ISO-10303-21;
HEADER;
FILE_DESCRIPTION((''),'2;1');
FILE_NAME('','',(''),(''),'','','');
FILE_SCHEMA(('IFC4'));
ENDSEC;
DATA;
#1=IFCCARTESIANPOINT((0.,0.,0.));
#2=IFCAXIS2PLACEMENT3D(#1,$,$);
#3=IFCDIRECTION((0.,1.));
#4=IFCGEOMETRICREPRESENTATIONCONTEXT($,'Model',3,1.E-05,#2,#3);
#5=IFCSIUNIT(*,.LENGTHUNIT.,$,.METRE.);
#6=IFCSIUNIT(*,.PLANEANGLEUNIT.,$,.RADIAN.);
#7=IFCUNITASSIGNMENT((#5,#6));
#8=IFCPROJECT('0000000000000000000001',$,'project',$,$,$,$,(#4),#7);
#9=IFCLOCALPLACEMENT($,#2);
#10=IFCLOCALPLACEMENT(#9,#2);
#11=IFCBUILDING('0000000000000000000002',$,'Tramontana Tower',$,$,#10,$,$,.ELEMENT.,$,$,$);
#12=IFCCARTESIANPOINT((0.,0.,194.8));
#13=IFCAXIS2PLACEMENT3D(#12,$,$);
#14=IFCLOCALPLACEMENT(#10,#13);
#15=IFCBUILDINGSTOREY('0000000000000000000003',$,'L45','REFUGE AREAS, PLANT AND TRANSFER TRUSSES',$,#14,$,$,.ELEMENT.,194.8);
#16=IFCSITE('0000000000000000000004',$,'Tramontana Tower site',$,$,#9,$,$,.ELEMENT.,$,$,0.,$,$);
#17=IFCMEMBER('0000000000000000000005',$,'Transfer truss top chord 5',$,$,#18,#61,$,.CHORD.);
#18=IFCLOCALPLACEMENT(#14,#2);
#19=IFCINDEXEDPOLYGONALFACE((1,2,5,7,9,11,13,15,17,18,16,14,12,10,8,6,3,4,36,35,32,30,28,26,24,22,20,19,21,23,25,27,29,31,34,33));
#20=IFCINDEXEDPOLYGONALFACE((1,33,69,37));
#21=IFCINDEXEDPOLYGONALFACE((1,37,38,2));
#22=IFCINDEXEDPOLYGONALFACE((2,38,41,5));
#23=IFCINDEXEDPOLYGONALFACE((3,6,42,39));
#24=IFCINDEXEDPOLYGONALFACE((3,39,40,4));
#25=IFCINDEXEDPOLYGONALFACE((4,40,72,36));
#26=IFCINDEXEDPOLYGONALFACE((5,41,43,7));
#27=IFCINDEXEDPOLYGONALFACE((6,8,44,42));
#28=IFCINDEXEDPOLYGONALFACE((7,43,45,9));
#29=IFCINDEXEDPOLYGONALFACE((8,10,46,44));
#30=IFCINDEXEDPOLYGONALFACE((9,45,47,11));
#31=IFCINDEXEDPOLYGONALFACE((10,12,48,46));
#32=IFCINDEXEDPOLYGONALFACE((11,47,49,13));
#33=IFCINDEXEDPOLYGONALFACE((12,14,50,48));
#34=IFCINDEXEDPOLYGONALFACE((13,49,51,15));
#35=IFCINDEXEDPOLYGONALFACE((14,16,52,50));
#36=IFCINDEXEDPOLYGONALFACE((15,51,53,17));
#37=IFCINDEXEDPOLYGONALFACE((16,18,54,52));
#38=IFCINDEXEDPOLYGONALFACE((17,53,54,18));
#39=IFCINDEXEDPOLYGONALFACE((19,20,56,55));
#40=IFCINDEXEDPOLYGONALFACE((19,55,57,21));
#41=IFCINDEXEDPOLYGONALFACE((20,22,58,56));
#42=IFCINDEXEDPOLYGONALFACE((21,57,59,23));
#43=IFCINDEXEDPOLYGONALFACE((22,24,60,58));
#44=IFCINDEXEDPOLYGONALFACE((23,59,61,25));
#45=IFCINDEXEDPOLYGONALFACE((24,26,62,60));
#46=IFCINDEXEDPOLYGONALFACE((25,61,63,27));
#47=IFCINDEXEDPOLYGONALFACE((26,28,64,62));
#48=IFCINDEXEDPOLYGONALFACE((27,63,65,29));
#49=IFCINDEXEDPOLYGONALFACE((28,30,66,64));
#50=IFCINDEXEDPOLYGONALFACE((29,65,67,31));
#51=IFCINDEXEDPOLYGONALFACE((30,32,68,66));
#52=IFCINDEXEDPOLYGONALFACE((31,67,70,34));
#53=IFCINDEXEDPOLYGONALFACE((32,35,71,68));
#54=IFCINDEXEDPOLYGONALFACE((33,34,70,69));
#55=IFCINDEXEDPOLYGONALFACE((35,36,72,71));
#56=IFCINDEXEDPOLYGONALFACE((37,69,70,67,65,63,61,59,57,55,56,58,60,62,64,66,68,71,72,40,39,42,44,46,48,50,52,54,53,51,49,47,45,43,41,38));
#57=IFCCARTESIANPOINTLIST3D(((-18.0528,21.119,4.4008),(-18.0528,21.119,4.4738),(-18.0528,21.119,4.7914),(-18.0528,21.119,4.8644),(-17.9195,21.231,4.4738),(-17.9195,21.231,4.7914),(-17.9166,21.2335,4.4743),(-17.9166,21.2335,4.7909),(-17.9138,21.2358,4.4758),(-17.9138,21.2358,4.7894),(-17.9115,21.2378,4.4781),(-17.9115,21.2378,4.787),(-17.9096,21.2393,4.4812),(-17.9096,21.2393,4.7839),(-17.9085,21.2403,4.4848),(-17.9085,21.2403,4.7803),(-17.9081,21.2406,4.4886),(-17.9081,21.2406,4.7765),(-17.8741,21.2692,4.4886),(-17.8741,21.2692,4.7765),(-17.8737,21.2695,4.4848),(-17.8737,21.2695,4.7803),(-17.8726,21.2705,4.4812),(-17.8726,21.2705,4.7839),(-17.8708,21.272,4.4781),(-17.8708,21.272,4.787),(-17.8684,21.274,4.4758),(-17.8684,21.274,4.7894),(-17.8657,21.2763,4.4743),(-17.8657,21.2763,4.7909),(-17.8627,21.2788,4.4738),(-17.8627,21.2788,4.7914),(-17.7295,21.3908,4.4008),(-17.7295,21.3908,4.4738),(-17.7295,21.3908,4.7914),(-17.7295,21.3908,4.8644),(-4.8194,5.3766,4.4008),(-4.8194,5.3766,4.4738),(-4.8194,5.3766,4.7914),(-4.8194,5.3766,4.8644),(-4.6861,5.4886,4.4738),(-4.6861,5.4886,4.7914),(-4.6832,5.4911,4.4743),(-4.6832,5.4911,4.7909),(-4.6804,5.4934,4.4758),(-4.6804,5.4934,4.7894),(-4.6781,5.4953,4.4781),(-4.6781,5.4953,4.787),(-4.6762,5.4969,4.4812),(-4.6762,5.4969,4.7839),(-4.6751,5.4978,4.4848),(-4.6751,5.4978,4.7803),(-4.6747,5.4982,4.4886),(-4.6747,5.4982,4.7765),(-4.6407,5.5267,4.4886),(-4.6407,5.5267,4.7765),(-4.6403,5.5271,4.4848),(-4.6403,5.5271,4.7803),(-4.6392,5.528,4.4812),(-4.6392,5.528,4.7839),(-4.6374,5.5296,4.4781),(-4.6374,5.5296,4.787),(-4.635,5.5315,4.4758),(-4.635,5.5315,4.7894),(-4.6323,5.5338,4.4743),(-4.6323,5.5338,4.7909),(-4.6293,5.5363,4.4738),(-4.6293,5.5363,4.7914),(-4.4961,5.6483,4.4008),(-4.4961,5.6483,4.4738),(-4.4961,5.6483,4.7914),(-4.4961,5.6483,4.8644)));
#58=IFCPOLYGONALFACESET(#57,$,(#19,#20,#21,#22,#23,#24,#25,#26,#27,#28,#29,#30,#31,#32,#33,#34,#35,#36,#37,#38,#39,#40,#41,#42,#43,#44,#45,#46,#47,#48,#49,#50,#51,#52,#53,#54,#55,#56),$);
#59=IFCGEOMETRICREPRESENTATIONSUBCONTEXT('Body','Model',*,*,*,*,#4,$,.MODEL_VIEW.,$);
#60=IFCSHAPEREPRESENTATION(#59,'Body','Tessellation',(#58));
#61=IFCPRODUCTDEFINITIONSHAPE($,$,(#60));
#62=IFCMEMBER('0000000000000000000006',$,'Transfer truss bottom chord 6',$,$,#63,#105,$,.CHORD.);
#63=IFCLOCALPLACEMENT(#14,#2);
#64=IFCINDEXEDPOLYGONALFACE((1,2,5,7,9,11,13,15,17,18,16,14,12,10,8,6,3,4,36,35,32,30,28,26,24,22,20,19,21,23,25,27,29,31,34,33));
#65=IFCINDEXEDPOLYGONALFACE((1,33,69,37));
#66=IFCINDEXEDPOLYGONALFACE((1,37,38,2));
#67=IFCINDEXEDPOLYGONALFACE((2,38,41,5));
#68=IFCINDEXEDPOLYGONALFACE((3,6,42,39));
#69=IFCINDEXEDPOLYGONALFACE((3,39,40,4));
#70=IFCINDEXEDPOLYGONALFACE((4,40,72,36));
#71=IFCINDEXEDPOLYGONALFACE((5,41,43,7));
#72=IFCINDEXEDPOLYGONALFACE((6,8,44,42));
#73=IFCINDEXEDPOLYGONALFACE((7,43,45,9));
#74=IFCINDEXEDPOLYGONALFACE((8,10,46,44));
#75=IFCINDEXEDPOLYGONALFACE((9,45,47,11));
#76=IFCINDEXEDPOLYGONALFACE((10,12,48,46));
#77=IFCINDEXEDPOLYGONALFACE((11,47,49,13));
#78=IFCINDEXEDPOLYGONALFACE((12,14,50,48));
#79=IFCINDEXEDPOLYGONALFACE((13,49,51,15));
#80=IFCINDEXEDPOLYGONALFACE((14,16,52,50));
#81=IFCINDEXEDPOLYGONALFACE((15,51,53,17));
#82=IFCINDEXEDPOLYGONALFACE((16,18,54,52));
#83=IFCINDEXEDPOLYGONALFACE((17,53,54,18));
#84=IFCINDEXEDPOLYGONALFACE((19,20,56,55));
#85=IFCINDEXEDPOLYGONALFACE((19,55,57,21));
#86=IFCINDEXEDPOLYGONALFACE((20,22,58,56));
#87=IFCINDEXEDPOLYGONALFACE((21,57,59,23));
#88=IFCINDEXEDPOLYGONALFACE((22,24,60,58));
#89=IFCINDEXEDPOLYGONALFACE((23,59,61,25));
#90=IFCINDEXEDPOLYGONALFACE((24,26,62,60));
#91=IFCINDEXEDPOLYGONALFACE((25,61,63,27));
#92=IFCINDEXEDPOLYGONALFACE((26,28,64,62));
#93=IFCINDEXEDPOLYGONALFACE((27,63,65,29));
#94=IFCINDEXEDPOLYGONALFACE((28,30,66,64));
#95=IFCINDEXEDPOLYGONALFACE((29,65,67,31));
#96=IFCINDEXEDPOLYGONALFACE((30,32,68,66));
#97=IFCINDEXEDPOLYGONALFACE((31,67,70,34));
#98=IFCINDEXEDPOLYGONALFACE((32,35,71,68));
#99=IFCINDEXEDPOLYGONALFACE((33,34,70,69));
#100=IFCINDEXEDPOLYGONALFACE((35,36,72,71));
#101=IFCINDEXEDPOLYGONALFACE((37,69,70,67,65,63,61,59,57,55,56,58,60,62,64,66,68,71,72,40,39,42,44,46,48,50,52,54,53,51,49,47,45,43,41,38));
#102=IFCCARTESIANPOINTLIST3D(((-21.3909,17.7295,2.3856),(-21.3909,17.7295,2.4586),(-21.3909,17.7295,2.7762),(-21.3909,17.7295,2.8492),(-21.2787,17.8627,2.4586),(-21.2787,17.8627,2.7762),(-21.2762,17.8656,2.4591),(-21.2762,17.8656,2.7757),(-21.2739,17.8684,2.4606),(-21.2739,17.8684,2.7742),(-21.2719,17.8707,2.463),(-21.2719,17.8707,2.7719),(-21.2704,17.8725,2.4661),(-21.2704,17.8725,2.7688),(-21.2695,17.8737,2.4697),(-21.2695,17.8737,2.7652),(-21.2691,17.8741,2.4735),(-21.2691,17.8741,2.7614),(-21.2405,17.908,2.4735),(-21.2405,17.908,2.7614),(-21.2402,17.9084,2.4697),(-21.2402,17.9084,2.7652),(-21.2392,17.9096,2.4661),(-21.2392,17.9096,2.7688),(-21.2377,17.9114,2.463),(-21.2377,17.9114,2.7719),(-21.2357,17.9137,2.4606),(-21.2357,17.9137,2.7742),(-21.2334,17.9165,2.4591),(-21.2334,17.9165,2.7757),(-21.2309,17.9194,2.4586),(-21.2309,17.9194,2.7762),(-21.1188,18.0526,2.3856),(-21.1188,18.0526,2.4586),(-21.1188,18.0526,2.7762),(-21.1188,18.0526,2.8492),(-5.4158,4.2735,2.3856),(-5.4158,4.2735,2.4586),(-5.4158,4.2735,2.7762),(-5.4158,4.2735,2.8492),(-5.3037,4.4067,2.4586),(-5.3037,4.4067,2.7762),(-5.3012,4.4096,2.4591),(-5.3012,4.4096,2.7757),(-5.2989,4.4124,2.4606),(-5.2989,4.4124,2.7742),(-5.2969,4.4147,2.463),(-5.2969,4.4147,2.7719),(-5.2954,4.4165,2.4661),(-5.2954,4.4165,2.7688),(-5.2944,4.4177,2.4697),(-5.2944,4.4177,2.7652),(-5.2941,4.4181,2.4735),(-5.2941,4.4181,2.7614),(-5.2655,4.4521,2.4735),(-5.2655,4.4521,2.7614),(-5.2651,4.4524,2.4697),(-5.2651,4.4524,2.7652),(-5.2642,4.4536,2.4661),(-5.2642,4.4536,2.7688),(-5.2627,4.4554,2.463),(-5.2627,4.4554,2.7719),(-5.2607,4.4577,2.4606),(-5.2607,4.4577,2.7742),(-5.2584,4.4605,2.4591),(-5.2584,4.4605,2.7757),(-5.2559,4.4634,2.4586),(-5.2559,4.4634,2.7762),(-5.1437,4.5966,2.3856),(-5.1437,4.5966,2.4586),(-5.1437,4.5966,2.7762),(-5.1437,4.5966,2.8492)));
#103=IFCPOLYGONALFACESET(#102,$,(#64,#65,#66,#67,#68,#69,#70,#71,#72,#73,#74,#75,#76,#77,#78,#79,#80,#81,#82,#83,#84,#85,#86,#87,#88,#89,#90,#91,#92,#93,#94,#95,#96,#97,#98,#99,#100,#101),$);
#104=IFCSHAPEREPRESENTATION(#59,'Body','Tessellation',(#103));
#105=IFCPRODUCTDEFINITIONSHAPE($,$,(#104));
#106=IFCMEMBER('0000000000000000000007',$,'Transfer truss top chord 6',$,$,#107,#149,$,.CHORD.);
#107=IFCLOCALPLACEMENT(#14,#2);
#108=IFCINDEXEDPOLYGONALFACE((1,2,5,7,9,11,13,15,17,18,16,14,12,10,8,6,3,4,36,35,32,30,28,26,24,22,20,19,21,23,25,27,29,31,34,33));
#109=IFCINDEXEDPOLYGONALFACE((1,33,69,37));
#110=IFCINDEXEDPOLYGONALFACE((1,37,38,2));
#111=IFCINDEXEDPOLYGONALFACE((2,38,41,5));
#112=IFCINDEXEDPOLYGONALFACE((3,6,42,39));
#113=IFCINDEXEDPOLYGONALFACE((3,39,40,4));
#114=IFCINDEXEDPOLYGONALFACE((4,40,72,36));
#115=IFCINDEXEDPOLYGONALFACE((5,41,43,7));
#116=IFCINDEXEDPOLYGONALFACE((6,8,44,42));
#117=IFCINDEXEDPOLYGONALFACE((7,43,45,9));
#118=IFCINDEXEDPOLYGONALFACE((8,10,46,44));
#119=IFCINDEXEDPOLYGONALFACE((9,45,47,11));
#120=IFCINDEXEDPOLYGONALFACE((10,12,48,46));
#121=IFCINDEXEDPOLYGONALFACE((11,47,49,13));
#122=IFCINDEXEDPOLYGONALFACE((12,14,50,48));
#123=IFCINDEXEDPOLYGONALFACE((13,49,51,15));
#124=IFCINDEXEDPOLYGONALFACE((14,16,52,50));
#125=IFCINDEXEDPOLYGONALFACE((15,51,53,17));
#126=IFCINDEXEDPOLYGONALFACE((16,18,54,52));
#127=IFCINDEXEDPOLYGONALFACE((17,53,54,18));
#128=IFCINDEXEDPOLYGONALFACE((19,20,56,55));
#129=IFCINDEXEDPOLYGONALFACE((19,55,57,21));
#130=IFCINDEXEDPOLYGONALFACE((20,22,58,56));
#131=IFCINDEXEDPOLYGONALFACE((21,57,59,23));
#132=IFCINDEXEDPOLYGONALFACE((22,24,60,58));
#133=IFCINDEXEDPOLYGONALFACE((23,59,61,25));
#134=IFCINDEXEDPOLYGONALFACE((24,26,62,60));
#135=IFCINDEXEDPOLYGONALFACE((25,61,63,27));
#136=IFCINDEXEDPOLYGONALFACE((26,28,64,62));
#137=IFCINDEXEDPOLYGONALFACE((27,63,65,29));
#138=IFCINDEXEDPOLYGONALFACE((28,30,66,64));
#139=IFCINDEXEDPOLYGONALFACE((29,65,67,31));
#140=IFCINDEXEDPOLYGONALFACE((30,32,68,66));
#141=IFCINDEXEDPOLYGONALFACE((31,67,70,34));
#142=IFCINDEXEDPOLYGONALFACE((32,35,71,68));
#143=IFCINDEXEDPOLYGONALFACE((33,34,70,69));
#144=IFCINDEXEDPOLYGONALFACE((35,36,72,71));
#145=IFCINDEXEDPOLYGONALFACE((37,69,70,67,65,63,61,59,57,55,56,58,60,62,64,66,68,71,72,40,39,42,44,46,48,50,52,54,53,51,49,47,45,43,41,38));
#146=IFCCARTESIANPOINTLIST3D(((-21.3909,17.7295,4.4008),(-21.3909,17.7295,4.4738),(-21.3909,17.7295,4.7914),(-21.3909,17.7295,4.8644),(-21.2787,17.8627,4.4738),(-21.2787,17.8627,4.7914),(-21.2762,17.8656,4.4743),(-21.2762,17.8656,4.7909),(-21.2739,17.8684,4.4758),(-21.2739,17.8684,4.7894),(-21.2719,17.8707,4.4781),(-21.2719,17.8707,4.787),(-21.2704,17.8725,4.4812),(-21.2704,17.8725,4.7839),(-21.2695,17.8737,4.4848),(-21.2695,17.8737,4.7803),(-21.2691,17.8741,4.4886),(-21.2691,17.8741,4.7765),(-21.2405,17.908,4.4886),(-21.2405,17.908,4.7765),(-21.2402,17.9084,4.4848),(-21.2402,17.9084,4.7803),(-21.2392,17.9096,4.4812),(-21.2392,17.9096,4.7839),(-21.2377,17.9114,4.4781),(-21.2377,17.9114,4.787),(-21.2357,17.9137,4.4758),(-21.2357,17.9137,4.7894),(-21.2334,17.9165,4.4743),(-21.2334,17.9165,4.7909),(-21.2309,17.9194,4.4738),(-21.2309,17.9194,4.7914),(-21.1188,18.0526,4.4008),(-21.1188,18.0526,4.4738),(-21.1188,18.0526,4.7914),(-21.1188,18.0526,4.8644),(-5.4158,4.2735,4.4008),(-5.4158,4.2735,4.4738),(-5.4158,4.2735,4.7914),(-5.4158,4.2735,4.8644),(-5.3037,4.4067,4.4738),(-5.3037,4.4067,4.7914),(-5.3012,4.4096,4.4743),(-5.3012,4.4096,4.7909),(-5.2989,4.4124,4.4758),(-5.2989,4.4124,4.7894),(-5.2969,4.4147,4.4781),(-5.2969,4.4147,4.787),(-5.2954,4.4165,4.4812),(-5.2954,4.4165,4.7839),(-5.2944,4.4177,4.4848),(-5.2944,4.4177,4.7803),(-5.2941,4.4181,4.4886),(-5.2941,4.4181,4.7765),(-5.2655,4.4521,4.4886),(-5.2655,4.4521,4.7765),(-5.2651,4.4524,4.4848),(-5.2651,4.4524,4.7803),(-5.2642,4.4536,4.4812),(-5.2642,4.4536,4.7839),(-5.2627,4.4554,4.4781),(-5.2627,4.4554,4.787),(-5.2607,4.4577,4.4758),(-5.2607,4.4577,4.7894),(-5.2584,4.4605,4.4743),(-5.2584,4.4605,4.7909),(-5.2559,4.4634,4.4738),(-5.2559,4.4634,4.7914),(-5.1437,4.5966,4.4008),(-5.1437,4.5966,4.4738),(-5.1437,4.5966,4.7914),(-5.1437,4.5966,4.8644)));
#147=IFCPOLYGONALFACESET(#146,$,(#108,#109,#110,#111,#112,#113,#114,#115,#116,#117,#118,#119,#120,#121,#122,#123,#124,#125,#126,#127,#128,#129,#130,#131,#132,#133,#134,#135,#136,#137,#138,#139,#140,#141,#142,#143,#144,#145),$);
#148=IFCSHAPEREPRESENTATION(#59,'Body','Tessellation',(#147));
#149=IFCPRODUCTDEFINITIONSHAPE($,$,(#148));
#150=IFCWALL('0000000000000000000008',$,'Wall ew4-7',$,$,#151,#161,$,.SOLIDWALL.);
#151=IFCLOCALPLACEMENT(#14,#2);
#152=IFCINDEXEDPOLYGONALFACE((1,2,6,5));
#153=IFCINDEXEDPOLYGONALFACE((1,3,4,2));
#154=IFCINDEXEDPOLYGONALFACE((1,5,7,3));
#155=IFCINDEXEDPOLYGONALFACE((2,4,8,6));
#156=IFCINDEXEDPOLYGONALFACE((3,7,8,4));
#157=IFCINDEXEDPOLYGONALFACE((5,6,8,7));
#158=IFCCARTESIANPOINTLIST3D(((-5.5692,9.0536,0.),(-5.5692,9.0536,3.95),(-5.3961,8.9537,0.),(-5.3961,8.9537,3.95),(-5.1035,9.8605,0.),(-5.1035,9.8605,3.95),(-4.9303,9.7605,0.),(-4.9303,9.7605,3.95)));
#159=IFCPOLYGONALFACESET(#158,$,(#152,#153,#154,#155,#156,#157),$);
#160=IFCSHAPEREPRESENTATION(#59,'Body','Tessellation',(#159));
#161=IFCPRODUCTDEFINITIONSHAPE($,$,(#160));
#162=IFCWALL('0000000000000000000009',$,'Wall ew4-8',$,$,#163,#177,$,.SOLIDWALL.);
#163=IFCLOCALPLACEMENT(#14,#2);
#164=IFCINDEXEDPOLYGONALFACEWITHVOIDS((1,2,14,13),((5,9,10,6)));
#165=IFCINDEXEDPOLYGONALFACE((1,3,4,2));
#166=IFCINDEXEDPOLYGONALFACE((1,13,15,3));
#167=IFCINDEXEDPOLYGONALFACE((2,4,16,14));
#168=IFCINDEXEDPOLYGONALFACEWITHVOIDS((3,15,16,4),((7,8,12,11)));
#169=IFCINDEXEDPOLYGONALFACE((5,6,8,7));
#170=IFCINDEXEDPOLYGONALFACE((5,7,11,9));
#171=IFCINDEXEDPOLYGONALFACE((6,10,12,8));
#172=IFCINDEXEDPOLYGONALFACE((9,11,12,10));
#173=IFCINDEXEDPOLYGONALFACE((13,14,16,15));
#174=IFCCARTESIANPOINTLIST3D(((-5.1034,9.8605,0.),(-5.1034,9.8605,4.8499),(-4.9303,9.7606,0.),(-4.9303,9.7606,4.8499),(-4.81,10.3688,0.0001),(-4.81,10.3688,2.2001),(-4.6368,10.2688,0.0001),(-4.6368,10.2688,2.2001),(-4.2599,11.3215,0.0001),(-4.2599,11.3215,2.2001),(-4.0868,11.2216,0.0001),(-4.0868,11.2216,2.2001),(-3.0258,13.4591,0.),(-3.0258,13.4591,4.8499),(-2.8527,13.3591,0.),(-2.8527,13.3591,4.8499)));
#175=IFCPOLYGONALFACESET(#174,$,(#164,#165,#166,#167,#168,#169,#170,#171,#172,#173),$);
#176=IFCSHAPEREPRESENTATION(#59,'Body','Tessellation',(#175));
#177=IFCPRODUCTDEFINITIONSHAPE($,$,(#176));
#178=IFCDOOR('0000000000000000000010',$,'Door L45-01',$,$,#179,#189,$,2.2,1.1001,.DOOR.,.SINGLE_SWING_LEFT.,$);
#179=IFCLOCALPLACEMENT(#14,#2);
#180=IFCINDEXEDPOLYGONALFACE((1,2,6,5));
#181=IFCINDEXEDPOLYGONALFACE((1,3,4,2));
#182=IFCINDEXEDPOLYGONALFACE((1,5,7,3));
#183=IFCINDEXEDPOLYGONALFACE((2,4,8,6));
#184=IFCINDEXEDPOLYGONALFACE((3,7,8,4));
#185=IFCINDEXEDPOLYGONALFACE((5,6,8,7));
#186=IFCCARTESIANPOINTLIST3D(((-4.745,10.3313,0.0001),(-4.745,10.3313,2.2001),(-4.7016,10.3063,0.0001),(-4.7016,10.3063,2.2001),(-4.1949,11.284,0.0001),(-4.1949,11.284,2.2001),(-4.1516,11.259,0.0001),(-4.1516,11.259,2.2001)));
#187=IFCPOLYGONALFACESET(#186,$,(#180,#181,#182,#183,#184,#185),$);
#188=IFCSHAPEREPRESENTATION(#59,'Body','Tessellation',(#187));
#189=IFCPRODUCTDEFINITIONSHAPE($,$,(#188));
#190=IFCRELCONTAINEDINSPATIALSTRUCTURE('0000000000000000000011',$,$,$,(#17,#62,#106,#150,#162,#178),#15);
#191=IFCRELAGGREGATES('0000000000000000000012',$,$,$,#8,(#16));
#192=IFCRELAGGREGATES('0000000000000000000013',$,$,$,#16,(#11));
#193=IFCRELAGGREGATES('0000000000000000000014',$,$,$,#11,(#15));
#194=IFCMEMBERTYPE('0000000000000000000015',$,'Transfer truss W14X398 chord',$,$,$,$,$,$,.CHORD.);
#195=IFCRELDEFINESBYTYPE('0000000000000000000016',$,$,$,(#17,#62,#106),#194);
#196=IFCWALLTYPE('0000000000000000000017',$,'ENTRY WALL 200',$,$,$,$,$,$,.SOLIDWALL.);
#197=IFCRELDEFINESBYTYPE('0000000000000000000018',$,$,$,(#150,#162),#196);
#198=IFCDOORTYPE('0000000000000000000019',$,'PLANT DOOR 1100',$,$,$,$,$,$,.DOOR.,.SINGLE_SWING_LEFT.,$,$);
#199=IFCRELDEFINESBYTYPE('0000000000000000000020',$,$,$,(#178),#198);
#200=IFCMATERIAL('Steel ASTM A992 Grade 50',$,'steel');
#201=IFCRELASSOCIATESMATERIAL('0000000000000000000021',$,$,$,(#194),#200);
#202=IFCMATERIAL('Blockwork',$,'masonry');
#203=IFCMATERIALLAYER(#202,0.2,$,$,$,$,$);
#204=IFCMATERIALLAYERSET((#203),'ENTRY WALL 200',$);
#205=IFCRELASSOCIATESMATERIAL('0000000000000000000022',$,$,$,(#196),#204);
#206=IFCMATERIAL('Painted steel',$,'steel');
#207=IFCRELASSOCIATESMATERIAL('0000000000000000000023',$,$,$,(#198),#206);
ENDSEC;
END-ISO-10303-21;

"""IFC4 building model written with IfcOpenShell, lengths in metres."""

from ifc_helpers import new_model, si_unit, direction, frame, frame_2d, origin, origin_2d, place, context, subcontext, project, spatial, rectangle, i_section, extrude, material, layer, layer_set, material_profile, profile_set, type_object, element, fill, save


model = new_model("IFC4")

# Units and contexts
model_context = context("Model", 3, precision=1e-05, world=origin(), true_north=direction((0.0, 1.0)))
body_context = subcontext(model_context, "Body", "Model", "MODEL_VIEW")
ifc_project = project(units=[si_unit("LENGTHUNIT", "METRE"), si_unit("PLANEANGLEUNIT", "RADIAN")], contexts=[model_context])

# Site, building, storey
site_placement = place(None, origin())
site = spatial("IfcSite", under=ifc_project, at=site_placement, Name="Tramontana Tower site", CompositionType="ELEMENT", RefElevation=0.0)
building_placement = place(site_placement, origin())
building = spatial("IfcBuilding", under=site, at=building_placement, Name="Tramontana Tower", CompositionType="ELEMENT")
storey_placement = place(building_placement, frame((0.0, 0.0, 194.8)))
storey = spatial("IfcBuildingStorey", under=building, at=storey_placement, Name="L45", Description="REFUGE AREAS, PLANT AND TRANSFER TRUSSES", CompositionType="ELEMENT", Elevation=194.8)

# Members
ifc_material_1 = material(Name="Steel ASTM A992 Grade 50", Category="steel")
ifc_material_profile_1 = material_profile(ifc_material_1, i_section(OverallWidth=0.4224, OverallDepth=0.4636, WebThickness=0.0444, FlangeThickness=0.073, FilletRadius=0.0149, at=origin_2d()), Name="W14X398")
ifc_profile_set_1 = profile_set([ifc_material_profile_1], Name="Steel ASTM A992 Grade 50")
member_type_1 = type_object("IfcMemberType", Name="Transfer truss W14X398 chord", PredefinedType="CHORD", material=ifc_profile_set_1)
for number, where, z_axis, x_axis, name in (
    (1, (-4.6577, 5.5125, 4.6326), (-0.64347, 0.765471, 0.0), (-0.765471, -0.64347, 0.0), "Transfer truss top chord 5"),
):
    element("IfcMember", number, at=place(storey_placement, frame(where, z_axis=z_axis, x_axis=x_axis)), inside=storey, type_object=member_type_1, Name=name, PredefinedType="CHORD", context=body_context, shape_type="SweptSolid", body=[
        extrude(i_section(OverallWidth=0.4224, OverallDepth=0.4636, WebThickness=0.0444, FlangeThickness=0.073, FilletRadius=0.0149, at=origin_2d()), origin(), (0.0, 0.0, 1.0), 20.5657),
    ])
for number, where, z_axis, x_axis, name in (
    (2, (-5.2798, 4.4351, 2.6174), (-0.764832, 0.644229, 0.0), (-0.644229, -0.764832, 0.0), "Transfer truss bottom chord 6"),
    (3, (-5.2798, 4.4351, 4.6326), (-0.764832, 0.644229, 0.0), (-0.644229, -0.764832, 0.0), "Transfer truss top chord 6"),
):
    element("IfcMember", number, at=place(storey_placement, frame(where, z_axis=z_axis, x_axis=x_axis)), inside=storey, type_object=member_type_1, Name=name, PredefinedType="CHORD", context=body_context, shape_type="SweptSolid", body=[
        extrude(i_section(OverallWidth=0.4224, OverallDepth=0.4636, WebThickness=0.0444, FlangeThickness=0.073, FilletRadius=0.0149, at=origin_2d()), origin(), (0.0, 0.0, 1.0), 20.887),
    ])

# Wall
ifc_material_2 = material(Name="Blockwork", Category="masonry")
ifc_layer_1 = layer(ifc_material_2, 0.2)
ifc_layer_set_1 = layer_set([ifc_layer_1], Name="ENTRY WALL 200")
wall_type_1 = type_object("IfcWallType", Name="ENTRY WALL 200", PredefinedType="SOLIDWALL", material=ifc_layer_set_1)
wall_1_placement = place(storey_placement, frame((-5.4827, 9.0037, 0.0), z_axis=(0.0, 0.0, 1.0), x_axis=(0.499972, 0.866042, 0.0)))
element("IfcWall", 4, at=wall_1_placement, inside=storey, type_object=wall_type_1, Name="Wall ew4-7", PredefinedType="SOLIDWALL", context=body_context, shape_type="SweptSolid", body=[
    extrude(rectangle(XDim=0.9316, YDim=0.2, at=frame_2d((0.4658, 0.0))), origin(), (0.0, 0.0, 1.0), 3.95),
])

# Wall, opening, door
wall_2_placement = place(storey_placement, frame((-5.0168, 9.8105, 0.0), z_axis=(0.0, 0.0, 1.0), x_axis=(0.499994, 0.866029, 0.0)))
wall_2 = element("IfcWall", 5, at=wall_2_placement, inside=storey, type_object=wall_type_1, Name="Wall ew4-8", PredefinedType="SOLIDWALL", context=body_context, shape_type="SweptSolid", body=[
    extrude(rectangle(XDim=4.1553, YDim=0.2, at=frame_2d((2.0776, 0.0))), origin(), (0.0, 0.0, 1.0), 4.8499),
])
opening_1_placement = place(wall_2_placement, frame((0.5869, 0.0, 0.0)))
opening_1 = element("IfcOpeningElement", 6, at=opening_1_placement, cuts=wall_2, PredefinedType="OPENING", context=body_context, shape_type="SweptSolid", body=[
    extrude(rectangle(XDim=1.1001, YDim=2.2, at=frame_2d((0.55, 1.1001))), frame((0.0, 0.1099, 0.0), z_axis=(0.0, -1.0, 0.0), x_axis=(1.0, 0.0, 0.0)), (0.0, 0.0, 1.0), 0.22),
])
ifc_material_3 = material(Name="Painted steel", Category="steel")
door_type_1 = type_object("IfcDoorType", Name="PLANT DOOR 1100", OperationType="SINGLE_SWING_LEFT", PredefinedType="DOOR", material=ifc_material_3)
door_1_placement = place(opening_1_placement, origin())
door_1 = element("IfcDoor", 7, at=door_1_placement, inside=storey, type_object=door_type_1, Name="Door L45-01", OperationType="SINGLE_SWING_LEFT", OverallHeight=2.2, OverallWidth=1.1001, PredefinedType="DOOR", context=body_context, shape_type="SweptSolid", body=[
    extrude(rectangle(XDim=1.1001, YDim=2.2, at=frame_2d((0.55, 1.1001))), frame((0.0, 0.0249, 0.0), z_axis=(0.0, -1.0, 0.0), x_axis=(1.0, 0.0, 0.0)), (0.0, 0.0, 1.0), 0.05),
])
fill(opening_1, door_1)

save(model, "model.ifc")
